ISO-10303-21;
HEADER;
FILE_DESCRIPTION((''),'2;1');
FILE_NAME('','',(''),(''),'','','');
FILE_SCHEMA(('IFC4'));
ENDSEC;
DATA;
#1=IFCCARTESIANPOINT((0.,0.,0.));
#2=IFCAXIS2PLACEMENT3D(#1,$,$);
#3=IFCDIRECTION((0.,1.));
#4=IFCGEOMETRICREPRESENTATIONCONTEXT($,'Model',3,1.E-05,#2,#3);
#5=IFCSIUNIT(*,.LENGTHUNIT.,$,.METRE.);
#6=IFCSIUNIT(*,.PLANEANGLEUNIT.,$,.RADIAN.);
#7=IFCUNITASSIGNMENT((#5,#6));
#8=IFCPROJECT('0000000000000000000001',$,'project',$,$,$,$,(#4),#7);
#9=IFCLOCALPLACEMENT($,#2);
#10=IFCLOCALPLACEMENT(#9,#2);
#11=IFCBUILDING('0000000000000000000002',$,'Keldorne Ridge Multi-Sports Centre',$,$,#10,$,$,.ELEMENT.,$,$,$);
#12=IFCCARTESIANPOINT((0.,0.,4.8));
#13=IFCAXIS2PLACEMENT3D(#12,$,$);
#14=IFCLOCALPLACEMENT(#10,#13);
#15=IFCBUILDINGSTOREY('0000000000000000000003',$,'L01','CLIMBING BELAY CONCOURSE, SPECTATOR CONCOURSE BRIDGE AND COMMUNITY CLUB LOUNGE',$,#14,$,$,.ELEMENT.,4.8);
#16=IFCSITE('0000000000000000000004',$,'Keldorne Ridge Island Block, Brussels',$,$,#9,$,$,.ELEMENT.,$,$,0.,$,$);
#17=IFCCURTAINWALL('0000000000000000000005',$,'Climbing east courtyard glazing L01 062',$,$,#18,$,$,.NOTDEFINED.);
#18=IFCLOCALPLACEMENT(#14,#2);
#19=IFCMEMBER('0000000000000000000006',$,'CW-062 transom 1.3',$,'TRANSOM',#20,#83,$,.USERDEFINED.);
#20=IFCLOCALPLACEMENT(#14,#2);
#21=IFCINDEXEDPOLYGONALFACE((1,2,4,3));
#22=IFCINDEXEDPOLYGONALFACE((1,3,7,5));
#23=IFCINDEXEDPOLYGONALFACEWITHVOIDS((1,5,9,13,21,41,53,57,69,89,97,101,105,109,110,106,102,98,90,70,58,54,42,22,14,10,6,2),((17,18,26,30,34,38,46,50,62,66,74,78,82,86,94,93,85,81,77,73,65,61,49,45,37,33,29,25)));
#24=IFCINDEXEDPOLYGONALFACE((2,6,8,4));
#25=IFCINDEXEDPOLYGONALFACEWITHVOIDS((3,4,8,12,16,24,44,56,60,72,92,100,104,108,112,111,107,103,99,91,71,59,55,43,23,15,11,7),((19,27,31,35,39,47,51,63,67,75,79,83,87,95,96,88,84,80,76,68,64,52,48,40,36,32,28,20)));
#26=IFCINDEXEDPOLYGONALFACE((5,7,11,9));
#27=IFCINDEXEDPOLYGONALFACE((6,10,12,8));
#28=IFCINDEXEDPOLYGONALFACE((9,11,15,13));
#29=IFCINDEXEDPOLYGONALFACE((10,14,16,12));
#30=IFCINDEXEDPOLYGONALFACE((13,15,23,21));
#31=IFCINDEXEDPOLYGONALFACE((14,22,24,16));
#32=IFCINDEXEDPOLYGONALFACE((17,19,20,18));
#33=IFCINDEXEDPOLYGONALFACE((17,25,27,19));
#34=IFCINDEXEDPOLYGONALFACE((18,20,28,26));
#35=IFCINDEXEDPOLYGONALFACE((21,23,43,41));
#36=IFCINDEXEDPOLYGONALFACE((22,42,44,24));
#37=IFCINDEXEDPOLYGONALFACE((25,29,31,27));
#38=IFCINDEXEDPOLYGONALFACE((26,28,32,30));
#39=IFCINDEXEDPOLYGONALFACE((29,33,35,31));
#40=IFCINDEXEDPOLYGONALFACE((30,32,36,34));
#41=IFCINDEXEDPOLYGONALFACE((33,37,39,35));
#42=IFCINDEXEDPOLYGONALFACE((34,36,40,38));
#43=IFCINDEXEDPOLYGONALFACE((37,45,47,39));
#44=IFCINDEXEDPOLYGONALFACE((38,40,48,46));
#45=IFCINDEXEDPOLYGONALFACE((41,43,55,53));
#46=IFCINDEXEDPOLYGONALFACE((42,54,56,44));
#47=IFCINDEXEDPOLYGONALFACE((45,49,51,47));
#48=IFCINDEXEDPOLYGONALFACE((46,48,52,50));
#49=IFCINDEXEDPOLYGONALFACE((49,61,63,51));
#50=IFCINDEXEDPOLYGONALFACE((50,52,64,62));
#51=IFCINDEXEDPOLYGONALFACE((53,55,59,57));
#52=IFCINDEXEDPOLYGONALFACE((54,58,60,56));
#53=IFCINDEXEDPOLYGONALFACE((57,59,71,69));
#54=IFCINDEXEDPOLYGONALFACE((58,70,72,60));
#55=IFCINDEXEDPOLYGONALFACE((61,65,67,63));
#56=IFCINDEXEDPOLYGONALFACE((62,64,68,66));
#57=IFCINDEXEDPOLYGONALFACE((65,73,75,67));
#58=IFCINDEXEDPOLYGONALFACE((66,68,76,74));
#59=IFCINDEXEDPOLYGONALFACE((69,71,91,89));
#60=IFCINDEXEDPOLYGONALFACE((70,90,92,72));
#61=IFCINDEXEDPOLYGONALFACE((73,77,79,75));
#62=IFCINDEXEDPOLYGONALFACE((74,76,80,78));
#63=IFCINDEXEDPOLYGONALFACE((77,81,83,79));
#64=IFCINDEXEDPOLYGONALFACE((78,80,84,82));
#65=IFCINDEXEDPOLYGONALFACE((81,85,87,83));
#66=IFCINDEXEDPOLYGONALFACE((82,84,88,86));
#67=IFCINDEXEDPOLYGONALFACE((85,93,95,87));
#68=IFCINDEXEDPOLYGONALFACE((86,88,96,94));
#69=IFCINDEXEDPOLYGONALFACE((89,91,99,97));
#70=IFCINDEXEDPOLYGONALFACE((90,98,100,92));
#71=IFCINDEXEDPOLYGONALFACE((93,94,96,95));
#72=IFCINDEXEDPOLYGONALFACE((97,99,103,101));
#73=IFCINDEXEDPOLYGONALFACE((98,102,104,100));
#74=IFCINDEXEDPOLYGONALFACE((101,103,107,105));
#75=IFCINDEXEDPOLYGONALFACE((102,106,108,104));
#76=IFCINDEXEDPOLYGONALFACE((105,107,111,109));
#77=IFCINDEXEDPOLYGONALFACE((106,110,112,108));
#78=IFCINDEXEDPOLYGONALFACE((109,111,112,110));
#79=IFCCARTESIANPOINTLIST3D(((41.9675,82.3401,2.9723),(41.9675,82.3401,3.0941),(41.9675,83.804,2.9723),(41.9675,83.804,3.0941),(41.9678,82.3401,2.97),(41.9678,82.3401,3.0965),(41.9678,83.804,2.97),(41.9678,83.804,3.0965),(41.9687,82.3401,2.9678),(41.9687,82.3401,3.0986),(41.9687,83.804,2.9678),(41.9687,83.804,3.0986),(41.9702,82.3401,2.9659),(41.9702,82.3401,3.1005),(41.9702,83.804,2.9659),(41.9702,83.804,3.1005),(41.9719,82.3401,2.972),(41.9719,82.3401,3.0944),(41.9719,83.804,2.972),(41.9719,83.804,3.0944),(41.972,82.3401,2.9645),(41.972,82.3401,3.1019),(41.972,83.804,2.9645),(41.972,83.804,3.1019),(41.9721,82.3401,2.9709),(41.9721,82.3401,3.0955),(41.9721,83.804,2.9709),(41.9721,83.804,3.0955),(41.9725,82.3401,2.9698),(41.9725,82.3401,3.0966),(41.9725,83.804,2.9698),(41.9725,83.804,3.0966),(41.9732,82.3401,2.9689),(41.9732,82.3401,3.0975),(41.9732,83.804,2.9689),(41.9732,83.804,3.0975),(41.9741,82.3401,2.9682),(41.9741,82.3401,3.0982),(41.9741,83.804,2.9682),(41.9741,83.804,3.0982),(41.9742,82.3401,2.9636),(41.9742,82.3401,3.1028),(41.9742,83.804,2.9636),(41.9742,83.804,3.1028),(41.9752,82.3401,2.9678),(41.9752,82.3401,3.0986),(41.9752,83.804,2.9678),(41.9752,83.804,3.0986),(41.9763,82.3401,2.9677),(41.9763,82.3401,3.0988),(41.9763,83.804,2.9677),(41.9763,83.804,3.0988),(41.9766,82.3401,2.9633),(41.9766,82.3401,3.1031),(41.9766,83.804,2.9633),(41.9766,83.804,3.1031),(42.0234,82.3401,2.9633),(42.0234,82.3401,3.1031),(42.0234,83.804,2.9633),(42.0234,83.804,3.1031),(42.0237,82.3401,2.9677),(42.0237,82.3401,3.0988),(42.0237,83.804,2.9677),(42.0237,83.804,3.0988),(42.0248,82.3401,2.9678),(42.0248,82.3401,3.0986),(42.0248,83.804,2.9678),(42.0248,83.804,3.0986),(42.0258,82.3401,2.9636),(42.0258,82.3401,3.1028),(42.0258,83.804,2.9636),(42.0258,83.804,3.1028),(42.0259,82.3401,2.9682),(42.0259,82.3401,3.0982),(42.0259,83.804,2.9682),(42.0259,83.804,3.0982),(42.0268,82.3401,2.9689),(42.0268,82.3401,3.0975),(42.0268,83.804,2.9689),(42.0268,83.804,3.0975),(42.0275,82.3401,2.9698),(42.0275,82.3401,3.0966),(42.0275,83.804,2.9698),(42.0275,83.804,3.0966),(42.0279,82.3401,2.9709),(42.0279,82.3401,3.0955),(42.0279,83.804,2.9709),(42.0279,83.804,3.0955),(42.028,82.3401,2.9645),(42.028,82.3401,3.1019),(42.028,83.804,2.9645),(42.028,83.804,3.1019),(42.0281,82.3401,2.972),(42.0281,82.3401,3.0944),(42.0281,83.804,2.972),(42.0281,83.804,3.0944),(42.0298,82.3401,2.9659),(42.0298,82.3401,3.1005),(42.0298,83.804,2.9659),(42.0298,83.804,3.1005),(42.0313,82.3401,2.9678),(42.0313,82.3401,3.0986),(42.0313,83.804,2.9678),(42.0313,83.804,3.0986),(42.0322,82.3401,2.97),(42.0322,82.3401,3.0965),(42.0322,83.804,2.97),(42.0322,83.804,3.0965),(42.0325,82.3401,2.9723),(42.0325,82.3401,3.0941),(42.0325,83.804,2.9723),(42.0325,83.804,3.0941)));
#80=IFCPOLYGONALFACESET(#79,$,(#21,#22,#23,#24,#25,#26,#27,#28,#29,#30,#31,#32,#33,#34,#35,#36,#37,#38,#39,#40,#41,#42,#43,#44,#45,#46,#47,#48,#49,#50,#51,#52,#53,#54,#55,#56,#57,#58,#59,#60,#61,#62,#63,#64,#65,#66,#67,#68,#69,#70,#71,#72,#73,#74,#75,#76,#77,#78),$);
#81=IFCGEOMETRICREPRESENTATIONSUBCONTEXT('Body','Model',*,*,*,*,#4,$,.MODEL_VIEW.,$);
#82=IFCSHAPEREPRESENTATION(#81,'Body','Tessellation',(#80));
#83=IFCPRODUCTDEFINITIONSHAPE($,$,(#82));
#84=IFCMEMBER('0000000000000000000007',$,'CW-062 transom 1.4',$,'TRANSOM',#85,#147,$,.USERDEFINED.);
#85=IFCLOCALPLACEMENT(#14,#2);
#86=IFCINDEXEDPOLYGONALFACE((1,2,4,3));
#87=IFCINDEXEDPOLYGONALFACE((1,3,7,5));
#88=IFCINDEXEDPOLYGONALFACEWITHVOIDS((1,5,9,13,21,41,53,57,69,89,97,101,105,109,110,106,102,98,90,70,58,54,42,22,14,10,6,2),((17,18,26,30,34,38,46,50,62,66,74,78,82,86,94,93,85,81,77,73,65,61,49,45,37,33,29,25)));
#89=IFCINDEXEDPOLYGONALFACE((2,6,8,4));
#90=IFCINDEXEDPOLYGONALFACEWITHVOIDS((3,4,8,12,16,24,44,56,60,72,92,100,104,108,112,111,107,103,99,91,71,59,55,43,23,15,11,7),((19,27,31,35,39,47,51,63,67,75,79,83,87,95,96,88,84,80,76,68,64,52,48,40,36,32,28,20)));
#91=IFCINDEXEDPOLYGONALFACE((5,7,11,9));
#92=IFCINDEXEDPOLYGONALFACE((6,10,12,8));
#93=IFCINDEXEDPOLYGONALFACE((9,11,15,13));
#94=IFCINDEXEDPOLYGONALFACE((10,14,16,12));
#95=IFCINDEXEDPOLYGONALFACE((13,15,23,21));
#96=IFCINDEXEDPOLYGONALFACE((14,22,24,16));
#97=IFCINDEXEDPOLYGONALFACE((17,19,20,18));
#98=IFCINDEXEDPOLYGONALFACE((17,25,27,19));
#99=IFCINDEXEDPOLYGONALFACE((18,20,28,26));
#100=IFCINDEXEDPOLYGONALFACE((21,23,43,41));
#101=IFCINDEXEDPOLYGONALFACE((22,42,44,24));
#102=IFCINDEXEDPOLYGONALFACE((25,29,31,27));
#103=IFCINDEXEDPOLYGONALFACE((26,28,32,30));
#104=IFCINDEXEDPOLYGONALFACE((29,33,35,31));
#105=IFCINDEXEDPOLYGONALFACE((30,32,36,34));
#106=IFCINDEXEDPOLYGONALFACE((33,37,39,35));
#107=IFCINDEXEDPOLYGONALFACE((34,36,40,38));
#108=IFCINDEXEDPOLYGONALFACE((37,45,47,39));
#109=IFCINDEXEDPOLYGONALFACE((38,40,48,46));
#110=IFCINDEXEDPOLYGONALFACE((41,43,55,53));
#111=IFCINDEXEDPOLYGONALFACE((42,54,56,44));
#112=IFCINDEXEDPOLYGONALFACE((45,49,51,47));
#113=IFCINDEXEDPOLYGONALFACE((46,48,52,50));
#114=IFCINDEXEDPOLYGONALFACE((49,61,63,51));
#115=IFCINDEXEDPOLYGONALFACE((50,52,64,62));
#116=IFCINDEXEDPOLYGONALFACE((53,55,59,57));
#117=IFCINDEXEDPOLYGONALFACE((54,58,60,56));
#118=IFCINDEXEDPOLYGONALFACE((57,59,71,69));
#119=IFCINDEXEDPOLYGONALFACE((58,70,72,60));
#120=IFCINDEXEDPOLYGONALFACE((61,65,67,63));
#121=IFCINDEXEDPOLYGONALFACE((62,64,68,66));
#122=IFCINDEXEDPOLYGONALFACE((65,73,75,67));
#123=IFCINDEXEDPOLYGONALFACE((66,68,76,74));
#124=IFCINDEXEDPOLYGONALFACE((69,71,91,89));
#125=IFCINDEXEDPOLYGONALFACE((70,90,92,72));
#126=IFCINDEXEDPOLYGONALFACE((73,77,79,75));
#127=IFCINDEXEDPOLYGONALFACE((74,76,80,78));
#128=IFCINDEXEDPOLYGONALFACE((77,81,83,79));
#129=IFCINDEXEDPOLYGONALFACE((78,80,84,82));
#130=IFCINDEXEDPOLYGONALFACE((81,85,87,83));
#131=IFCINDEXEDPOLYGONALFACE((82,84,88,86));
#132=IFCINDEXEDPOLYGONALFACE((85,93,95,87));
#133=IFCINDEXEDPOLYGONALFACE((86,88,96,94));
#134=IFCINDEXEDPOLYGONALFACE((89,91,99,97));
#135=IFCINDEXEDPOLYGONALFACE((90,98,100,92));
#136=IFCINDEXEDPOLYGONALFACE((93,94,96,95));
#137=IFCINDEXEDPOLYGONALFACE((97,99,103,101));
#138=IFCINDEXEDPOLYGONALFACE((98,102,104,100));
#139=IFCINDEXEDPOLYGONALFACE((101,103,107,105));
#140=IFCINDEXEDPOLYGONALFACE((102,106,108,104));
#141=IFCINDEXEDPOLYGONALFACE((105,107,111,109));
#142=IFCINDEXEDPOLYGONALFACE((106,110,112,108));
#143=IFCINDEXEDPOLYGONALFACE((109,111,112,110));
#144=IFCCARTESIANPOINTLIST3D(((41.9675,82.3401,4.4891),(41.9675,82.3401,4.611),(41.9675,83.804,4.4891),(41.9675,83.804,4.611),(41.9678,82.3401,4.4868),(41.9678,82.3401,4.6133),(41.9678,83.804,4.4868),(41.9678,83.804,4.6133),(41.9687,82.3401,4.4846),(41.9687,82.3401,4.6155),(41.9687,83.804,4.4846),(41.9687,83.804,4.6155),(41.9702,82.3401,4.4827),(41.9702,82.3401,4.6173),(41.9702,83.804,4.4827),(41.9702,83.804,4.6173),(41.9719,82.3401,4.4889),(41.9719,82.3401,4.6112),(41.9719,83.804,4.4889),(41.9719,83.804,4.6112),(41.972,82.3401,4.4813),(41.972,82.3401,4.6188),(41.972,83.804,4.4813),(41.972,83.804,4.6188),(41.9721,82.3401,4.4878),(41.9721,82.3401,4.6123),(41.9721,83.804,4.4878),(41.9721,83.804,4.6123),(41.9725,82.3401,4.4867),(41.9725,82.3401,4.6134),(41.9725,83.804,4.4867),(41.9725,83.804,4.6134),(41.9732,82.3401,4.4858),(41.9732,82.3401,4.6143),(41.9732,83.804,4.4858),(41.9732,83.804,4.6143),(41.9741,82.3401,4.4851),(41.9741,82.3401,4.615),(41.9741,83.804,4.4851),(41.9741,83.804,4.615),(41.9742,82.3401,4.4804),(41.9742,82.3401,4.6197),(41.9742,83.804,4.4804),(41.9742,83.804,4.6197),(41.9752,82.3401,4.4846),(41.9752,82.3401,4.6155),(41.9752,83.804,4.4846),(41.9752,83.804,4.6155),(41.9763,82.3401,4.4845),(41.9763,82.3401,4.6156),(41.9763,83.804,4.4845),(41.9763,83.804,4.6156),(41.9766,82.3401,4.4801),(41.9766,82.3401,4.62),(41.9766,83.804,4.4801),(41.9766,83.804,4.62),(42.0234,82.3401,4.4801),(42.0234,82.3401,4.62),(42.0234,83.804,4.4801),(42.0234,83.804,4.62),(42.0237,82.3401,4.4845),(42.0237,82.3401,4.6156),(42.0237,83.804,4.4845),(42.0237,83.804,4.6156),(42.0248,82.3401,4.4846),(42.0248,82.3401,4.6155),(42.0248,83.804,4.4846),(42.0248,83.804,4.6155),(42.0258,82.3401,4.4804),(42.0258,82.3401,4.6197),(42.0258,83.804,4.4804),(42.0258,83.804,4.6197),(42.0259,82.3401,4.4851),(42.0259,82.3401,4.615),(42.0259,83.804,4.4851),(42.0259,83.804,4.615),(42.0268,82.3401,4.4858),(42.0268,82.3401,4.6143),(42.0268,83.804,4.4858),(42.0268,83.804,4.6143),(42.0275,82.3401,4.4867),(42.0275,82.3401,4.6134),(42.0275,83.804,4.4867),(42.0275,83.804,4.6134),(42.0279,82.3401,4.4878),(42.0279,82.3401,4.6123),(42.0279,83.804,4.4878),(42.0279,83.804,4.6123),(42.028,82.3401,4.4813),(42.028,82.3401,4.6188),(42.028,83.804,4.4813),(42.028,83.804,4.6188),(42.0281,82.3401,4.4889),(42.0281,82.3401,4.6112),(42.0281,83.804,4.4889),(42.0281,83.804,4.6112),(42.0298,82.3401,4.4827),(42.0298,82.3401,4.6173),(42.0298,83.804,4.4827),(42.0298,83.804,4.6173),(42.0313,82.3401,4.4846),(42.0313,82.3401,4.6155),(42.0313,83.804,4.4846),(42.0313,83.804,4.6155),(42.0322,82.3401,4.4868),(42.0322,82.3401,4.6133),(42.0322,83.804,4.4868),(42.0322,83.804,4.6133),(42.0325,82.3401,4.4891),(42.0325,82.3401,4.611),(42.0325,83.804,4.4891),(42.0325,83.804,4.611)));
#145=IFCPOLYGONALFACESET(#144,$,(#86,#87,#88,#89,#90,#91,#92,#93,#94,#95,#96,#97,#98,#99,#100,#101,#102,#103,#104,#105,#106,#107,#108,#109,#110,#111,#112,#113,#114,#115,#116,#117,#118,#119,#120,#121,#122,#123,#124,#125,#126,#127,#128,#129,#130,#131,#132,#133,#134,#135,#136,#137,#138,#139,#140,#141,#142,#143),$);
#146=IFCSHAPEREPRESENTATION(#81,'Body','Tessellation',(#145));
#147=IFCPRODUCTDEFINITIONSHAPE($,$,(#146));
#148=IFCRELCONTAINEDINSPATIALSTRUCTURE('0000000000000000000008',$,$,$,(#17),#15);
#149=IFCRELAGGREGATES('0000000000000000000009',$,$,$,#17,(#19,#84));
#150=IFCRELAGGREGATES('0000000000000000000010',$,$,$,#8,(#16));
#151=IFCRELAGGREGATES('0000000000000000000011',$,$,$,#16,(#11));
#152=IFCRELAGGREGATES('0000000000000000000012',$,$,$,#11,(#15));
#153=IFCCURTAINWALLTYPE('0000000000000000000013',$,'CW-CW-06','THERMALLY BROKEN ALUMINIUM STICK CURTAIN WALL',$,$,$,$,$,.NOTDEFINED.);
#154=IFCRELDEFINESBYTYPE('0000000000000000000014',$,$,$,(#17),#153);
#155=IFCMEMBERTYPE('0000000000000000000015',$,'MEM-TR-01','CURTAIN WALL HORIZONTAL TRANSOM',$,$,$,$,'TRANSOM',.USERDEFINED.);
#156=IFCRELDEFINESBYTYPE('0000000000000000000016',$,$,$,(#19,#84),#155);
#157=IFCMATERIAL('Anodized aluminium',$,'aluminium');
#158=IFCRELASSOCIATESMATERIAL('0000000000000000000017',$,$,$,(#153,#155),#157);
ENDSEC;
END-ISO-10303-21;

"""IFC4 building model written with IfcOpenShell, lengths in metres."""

from ifc_helpers import new_model, si_unit, direction, frame, origin, origin_2d, place, context, subcontext, project, spatial, hollow_rectangle, extrude, material, material_profile, profile_set, type_object, element, aggregate, save


model = new_model("IFC4")

# Units and contexts
model_context = context("Model", 3, precision=1e-05, world=origin(), true_north=direction((0.0, 1.0)))
body_context = subcontext(model_context, "Body", "Model", "MODEL_VIEW")
ifc_project = project(units=[si_unit("LENGTHUNIT", "METRE"), si_unit("PLANEANGLEUNIT", "RADIAN")], contexts=[model_context])

# Site, building, storey
site_placement = place(None, origin())
site = spatial("IfcSite", under=ifc_project, at=site_placement, Name="Keldorne Ridge Island Block, Brussels", CompositionType="ELEMENT", RefElevation=0.0)
building_placement = place(site_placement, origin())
building = spatial("IfcBuilding", under=site, at=building_placement, Name="Keldorne Ridge Multi-Sports Centre", CompositionType="ELEMENT")
storey_placement = place(building_placement, frame((0.0, 0.0, 4.8)))
storey = spatial("IfcBuildingStorey", under=building, at=storey_placement, Name="L01", Description="CLIMBING BELAY CONCOURSE, SPECTATOR CONCOURSE BRIDGE AND COMMUNITY CLUB LOUNGE", CompositionType="ELEMENT", Elevation=4.8)

# Curtain wall
ifc_material_1 = material(Name="Anodized aluminium", Category="aluminium")
curtain_wall_type_1 = type_object("IfcCurtainWallType", Name="CW-CW-06", Description="THERMALLY BROKEN ALUMINIUM STICK CURTAIN WALL", PredefinedType="NOTDEFINED", material=ifc_material_1)
curtain_wall_1_placement = place(storey_placement, origin())
curtain_wall_1 = element("IfcCurtainWall", 1, at=curtain_wall_1_placement, inside=storey, type_object=curtain_wall_type_1, Name="Climbing east courtyard glazing L01 062", PredefinedType="NOTDEFINED")

# Members
ifc_material_profile_1 = material_profile(ifc_material_1, hollow_rectangle(XDim=0.0649, YDim=0.1399, WallThickness=0.0044, InnerFilletRadius=0.0044, OuterFilletRadius=0.009, at=origin_2d()), Name="ALU TRANSOM 140x65x4.5")
ifc_profile_set_1 = profile_set([ifc_material_profile_1], Name="Anodized aluminium")
member_type_1 = type_object("IfcMemberType", Name="MEM-TR-01", Description="CURTAIN WALL HORIZONTAL TRANSOM", ElementType="TRANSOM", PredefinedType="USERDEFINED", material=ifc_profile_set_1)
member_1_placement = place(storey_placement, frame((42.0, 82.3401, 3.0332), z_axis=(0.0, 1.0, 0.0), x_axis=(-1.0, 0.0, 0.0)))
member_1 = element("IfcMember", 2, at=member_1_placement, type_object=member_type_1, Name="CW-062 transom 1.3", ObjectType="TRANSOM", PredefinedType="USERDEFINED", context=body_context, shape_type="SweptSolid", body=[
    extrude(hollow_rectangle(XDim=0.0649, YDim=0.1399, WallThickness=0.0044, InnerFilletRadius=0.0044, OuterFilletRadius=0.009, at=origin_2d()), origin(), (0.0, 0.0, 1.0), 1.4639),
])
member_2_placement = place(storey_placement, frame((42.0, 82.3401, 4.55), z_axis=(0.0, 1.0, 0.0), x_axis=(-1.0, 0.0, 0.0)))
member_2 = element("IfcMember", 3, at=member_2_placement, type_object=member_type_1, Name="CW-062 transom 1.4", ObjectType="TRANSOM", PredefinedType="USERDEFINED", context=body_context, shape_type="SweptSolid", body=[
    extrude(hollow_rectangle(XDim=0.0649, YDim=0.1399, WallThickness=0.0044, InnerFilletRadius=0.0044, OuterFilletRadius=0.009, at=origin_2d()), origin(), (0.0, 0.0, 1.0), 1.4639),
])

aggregate(curtain_wall_1, [member_1, member_2])

save(model, "model.ifc")
